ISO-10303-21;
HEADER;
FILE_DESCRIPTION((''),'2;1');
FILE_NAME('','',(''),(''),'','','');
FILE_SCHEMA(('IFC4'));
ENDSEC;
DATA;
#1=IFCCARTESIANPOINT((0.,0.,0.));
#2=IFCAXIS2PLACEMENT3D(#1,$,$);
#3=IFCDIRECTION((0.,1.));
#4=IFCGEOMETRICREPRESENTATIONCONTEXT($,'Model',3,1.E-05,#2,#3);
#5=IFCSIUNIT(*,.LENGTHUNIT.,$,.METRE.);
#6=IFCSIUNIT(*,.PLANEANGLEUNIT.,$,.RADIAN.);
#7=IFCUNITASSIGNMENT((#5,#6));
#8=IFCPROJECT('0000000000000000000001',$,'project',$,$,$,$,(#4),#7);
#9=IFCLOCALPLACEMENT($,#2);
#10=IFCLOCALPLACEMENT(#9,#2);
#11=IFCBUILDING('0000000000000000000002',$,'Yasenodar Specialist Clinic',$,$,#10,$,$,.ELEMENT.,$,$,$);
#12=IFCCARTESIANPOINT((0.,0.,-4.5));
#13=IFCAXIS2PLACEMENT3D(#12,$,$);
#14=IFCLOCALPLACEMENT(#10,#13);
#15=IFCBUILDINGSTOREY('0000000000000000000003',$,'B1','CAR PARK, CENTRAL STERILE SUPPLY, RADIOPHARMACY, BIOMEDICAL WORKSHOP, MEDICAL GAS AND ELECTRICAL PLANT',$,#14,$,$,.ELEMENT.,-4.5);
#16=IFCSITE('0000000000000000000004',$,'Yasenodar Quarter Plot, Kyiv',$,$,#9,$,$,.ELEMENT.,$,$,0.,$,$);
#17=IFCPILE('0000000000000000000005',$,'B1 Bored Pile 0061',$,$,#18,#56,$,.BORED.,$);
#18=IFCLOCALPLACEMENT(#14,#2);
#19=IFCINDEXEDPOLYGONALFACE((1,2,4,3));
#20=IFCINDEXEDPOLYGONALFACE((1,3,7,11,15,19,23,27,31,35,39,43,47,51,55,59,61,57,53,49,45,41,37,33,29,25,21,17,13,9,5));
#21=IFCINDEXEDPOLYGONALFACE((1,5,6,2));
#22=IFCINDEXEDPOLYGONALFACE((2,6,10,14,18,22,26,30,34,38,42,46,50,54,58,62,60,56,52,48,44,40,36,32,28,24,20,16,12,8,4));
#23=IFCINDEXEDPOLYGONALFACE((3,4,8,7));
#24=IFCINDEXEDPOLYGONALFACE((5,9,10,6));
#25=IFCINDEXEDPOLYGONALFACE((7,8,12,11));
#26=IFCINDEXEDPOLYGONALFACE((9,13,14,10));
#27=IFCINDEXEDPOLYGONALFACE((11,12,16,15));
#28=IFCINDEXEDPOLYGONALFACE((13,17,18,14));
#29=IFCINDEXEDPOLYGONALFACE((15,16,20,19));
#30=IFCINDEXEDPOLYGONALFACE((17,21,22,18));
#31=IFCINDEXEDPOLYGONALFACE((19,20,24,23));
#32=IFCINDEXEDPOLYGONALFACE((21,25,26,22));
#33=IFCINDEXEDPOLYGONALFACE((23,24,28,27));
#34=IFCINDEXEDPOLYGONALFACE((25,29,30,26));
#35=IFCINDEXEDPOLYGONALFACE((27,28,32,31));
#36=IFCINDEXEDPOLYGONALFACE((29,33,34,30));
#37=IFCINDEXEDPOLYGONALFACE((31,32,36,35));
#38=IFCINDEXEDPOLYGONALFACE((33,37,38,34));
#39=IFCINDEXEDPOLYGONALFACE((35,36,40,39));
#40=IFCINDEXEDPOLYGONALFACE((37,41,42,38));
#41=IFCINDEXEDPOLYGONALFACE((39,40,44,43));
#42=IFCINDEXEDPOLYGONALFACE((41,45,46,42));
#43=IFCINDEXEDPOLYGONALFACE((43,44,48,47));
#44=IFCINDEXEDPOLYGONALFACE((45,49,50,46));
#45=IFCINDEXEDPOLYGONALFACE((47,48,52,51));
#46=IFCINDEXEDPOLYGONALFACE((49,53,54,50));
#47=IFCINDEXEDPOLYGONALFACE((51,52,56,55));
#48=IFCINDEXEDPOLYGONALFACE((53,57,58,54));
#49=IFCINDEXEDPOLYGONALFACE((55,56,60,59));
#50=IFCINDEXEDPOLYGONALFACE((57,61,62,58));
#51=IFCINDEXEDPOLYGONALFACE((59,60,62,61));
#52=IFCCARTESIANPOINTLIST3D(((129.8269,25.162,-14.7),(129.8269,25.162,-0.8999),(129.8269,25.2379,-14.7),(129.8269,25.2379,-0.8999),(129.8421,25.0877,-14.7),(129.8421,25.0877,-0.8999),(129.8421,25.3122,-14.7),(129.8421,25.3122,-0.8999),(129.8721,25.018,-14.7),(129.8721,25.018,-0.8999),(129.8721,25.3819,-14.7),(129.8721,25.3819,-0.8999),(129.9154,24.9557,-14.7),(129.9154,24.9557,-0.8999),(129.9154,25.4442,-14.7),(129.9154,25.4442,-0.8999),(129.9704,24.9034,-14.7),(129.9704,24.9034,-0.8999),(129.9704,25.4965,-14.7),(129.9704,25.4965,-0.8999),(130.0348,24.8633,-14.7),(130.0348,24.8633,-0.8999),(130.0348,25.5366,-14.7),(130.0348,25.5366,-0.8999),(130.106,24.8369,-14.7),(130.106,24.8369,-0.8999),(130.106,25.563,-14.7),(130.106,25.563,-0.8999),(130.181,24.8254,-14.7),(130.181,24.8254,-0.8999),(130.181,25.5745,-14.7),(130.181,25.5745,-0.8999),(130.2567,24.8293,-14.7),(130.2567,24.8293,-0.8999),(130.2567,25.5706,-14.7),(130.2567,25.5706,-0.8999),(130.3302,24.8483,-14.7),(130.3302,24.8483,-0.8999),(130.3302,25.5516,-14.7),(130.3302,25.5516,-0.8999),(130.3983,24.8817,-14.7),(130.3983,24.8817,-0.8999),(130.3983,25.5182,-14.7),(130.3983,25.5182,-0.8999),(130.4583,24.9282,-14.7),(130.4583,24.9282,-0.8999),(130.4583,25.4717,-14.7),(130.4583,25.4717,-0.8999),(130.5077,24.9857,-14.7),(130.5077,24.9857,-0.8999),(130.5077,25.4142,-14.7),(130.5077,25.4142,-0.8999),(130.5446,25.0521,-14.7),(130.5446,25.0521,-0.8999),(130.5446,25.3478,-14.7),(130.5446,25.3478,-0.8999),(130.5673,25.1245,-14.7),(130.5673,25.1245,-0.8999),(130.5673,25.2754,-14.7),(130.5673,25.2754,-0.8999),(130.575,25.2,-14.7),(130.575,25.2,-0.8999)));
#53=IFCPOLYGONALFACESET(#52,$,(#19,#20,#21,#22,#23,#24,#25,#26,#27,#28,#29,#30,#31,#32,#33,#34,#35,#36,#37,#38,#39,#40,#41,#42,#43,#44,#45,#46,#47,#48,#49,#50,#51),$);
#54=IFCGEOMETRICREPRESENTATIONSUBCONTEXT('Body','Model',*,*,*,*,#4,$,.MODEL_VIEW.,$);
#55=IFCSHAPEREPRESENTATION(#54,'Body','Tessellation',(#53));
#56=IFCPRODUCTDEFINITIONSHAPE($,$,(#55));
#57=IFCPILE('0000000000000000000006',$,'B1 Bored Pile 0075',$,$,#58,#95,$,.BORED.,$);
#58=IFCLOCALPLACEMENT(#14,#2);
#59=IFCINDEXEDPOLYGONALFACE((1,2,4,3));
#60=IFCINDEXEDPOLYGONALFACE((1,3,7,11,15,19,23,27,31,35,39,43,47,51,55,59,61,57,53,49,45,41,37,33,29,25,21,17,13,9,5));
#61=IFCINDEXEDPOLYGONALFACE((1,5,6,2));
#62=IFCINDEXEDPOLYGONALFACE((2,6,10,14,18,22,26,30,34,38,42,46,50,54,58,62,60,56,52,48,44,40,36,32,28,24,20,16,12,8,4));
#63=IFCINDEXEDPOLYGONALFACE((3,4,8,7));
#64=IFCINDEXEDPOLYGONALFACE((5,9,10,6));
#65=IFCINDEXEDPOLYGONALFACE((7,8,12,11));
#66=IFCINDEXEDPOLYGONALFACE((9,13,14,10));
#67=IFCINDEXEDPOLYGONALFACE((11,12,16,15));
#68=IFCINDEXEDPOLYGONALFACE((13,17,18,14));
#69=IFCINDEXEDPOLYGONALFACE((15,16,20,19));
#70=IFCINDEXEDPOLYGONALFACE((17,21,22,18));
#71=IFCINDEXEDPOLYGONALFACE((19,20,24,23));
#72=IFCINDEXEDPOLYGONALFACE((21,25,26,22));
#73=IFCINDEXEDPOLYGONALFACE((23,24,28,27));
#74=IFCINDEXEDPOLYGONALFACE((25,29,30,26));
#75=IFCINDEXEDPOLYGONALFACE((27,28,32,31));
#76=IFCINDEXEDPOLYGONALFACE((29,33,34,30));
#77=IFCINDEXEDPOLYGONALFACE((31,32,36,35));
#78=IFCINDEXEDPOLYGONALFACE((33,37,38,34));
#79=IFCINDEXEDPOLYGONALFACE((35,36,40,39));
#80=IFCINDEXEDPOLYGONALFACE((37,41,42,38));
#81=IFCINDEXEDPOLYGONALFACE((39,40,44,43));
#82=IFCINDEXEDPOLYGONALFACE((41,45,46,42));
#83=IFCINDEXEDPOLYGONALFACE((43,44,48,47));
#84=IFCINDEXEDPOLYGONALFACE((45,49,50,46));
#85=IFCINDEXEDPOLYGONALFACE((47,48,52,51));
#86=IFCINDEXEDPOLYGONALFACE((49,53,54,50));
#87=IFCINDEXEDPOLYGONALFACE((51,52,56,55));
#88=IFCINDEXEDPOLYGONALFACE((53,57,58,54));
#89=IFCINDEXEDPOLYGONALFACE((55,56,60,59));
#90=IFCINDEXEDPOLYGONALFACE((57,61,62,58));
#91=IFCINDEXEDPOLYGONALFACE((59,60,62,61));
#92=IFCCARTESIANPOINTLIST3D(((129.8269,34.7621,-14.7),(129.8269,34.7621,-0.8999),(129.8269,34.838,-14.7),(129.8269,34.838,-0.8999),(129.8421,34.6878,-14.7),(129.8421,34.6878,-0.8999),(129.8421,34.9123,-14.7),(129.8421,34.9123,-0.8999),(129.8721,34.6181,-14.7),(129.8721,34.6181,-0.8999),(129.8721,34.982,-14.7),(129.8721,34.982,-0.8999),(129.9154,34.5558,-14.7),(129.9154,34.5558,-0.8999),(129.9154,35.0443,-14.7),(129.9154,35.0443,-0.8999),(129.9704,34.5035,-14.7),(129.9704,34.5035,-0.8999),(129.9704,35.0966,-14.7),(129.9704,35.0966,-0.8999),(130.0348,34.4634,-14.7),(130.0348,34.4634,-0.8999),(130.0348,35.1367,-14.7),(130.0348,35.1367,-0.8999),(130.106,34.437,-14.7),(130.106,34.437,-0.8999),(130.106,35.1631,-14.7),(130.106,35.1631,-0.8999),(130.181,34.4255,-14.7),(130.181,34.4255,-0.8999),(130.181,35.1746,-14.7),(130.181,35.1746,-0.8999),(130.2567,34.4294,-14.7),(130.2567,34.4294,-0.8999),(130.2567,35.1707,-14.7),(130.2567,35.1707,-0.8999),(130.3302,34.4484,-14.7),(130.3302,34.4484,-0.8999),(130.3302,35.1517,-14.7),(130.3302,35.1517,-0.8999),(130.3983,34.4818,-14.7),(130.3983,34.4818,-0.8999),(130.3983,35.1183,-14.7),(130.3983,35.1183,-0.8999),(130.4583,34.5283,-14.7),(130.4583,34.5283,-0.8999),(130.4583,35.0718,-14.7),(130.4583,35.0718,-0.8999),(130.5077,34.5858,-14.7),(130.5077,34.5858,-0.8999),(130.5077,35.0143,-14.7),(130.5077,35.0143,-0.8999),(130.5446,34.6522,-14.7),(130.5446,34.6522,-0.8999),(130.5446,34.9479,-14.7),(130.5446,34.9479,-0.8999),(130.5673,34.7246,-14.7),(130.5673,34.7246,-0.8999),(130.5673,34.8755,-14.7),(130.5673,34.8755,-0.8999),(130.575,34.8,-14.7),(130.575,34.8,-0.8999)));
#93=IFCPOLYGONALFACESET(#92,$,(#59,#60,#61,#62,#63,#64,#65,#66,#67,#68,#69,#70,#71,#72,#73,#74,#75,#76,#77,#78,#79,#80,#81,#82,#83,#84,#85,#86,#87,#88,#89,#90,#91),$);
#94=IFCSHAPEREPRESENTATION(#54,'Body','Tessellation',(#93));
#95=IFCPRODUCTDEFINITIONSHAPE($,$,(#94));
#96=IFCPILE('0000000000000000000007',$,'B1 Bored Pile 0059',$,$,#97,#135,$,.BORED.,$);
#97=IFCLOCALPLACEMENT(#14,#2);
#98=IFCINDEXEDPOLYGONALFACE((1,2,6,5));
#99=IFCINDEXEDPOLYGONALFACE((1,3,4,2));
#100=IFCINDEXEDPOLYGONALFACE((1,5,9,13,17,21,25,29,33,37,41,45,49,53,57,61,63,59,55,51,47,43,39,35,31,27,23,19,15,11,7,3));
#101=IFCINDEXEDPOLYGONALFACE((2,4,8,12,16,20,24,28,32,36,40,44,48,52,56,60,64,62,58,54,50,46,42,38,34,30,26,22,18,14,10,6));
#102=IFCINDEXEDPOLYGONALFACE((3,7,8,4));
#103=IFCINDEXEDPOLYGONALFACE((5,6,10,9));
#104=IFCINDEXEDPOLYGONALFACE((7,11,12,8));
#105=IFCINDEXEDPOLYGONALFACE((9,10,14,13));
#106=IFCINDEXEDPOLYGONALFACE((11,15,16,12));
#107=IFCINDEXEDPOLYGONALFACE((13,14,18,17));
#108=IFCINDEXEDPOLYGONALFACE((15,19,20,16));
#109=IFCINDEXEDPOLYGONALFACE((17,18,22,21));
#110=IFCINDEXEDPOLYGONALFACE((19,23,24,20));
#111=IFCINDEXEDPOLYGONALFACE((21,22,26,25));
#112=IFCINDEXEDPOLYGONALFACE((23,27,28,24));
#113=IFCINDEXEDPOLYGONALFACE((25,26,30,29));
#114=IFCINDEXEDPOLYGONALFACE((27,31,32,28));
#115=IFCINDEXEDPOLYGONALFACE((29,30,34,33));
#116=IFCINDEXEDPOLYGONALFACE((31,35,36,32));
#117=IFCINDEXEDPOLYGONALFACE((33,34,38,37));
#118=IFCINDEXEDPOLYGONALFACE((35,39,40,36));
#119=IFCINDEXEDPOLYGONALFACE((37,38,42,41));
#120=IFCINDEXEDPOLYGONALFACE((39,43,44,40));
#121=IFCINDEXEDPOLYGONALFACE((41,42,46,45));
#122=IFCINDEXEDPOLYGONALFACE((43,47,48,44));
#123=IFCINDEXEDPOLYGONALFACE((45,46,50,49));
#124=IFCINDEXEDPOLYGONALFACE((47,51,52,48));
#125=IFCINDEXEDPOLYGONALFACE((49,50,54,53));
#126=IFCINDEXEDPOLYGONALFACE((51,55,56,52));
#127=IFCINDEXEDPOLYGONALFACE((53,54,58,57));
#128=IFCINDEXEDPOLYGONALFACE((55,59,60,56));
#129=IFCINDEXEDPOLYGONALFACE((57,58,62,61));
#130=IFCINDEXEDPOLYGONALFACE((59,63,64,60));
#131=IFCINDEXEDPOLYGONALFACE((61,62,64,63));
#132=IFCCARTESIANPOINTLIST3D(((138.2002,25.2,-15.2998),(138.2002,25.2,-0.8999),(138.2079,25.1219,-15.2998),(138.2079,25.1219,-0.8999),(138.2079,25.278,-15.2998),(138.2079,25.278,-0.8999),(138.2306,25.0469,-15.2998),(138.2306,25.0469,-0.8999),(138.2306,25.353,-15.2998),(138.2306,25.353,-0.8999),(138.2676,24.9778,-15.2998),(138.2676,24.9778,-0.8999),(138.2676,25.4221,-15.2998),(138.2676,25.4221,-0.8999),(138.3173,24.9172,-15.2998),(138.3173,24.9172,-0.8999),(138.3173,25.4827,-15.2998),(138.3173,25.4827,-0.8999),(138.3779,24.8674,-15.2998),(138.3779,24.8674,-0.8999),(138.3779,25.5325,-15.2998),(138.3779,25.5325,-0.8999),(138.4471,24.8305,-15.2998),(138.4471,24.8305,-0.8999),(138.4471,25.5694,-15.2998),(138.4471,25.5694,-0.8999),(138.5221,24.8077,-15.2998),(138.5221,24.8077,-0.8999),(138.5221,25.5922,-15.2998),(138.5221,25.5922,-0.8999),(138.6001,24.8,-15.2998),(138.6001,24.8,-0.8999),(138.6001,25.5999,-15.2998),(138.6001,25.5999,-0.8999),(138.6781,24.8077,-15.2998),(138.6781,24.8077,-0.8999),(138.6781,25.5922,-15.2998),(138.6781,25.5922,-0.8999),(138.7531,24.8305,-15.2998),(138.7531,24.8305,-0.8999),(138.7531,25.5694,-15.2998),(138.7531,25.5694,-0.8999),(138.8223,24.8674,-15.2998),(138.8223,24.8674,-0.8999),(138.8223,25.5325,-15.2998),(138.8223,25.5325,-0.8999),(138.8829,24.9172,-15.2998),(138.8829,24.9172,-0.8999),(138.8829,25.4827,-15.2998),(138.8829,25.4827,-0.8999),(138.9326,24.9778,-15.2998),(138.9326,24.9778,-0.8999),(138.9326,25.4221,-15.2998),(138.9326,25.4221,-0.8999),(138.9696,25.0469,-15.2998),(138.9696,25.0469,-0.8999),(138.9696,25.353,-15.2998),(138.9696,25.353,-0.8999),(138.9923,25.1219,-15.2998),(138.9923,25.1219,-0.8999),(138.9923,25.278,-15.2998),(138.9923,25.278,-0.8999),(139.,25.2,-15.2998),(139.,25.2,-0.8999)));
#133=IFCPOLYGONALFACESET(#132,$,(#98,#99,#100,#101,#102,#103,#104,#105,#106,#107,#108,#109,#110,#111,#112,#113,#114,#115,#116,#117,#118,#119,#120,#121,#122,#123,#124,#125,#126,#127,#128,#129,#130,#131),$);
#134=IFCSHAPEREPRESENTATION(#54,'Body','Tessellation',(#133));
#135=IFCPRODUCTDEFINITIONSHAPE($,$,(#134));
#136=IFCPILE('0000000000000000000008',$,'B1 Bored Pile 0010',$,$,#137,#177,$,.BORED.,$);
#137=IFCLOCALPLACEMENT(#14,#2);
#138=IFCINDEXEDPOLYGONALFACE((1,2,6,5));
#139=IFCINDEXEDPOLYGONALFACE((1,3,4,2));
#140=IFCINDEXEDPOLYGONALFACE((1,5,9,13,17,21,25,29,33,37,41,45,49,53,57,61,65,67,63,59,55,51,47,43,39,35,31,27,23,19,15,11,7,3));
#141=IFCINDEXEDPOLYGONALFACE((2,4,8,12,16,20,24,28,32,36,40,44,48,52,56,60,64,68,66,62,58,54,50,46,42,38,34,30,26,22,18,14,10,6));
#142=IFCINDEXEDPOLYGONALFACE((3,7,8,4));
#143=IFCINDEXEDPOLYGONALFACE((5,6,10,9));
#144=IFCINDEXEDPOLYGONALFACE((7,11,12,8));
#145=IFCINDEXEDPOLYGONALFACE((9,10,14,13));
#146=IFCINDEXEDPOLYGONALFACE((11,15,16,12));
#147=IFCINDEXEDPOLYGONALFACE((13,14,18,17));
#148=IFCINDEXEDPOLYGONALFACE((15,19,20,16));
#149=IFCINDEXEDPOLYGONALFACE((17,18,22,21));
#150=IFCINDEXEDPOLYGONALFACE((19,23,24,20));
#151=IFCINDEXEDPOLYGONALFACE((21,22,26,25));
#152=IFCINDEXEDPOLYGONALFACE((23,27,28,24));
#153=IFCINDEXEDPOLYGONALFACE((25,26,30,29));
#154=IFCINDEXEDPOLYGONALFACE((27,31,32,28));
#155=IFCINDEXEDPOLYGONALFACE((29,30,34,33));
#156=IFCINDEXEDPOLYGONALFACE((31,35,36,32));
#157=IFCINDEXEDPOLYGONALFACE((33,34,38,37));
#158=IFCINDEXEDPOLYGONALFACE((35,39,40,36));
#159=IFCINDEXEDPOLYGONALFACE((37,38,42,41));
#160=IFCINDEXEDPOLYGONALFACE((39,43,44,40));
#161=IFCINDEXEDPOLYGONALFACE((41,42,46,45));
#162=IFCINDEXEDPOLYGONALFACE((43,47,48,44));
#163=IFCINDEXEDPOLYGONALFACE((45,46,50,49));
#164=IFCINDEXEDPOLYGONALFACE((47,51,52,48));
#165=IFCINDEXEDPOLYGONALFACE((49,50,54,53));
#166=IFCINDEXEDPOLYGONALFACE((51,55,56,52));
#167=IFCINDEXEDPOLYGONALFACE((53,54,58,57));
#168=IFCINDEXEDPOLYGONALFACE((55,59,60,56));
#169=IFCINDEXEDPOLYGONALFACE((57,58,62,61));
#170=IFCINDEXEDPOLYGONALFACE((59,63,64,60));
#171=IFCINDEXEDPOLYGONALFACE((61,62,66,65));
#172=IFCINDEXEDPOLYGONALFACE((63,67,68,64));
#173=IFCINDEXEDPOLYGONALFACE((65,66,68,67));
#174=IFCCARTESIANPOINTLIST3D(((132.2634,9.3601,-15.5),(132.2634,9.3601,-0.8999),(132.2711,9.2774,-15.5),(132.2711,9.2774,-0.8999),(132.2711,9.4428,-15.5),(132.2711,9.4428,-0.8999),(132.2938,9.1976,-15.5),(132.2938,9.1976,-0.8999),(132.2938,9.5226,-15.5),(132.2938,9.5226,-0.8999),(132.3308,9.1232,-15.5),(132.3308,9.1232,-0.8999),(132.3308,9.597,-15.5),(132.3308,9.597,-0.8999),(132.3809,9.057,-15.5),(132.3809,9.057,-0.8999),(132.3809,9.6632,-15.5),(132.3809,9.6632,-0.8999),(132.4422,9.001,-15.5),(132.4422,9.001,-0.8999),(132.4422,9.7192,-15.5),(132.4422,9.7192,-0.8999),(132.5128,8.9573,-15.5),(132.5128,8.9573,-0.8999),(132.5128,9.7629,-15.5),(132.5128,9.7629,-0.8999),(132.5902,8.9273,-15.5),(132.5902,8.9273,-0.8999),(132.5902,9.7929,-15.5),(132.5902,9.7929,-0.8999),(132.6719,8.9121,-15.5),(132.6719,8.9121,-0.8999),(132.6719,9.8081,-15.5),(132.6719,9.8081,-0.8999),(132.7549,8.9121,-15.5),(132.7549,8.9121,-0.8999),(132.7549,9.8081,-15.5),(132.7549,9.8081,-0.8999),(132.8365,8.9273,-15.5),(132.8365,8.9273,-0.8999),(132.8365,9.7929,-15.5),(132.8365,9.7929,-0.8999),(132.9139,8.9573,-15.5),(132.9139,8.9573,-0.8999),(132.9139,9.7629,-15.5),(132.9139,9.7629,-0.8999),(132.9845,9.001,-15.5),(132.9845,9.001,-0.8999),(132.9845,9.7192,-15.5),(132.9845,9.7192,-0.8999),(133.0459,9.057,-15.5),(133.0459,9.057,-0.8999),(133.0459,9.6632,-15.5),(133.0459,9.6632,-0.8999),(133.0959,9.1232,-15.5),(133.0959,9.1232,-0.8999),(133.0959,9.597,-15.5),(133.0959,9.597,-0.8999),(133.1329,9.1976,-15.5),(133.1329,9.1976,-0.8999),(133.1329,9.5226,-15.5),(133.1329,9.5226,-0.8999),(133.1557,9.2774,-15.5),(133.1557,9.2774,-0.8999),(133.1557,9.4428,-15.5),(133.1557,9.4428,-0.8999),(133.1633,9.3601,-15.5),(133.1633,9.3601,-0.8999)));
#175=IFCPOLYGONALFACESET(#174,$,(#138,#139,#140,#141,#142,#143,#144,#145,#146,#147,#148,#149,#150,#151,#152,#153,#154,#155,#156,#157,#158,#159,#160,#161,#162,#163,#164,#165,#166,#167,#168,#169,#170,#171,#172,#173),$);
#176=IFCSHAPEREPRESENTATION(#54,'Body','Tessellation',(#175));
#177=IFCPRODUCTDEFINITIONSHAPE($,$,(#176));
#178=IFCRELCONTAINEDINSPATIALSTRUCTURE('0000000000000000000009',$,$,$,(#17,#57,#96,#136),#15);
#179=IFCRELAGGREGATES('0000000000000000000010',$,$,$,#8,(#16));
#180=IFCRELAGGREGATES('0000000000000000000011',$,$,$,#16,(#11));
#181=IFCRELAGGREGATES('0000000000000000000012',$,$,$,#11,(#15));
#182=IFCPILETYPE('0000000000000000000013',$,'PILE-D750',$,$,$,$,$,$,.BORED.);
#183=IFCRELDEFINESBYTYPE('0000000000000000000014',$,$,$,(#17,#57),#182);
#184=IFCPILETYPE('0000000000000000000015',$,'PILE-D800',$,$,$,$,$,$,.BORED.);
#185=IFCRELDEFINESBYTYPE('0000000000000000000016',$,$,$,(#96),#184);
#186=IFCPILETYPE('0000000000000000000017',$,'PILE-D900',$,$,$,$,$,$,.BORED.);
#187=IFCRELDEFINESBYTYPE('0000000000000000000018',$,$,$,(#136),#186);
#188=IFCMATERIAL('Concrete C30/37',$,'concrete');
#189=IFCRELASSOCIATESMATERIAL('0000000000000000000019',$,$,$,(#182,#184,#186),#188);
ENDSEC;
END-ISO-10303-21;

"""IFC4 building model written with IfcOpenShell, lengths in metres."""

from ifc_helpers import new_model, si_unit, direction, frame, origin, origin_2d, place, context, subcontext, project, spatial, circle, extrude, material, material_profile, profile_set, type_object, element, save


model = new_model("IFC4")

# Units and contexts
model_context = context("Model", 3, precision=1e-05, world=origin(), true_north=direction((0.0, 1.0)))
body_context = subcontext(model_context, "Body", "Model", "MODEL_VIEW")
ifc_project = project(units=[si_unit("LENGTHUNIT", "METRE"), si_unit("PLANEANGLEUNIT", "RADIAN")], contexts=[model_context])

# Site, building, storey
site_placement = place(None, origin())
site = spatial("IfcSite", under=ifc_project, at=site_placement, Name="Yasenodar Quarter Plot, Kyiv", CompositionType="ELEMENT", RefElevation=0.0)
building_placement = place(site_placement, origin())
building = spatial("IfcBuilding", under=site, at=building_placement, Name="Yasenodar Specialist Clinic", CompositionType="ELEMENT")
storey_placement = place(building_placement, frame((0.0, 0.0, -4.5)))
storey = spatial("IfcBuildingStorey", under=building, at=storey_placement, Name="B1", Description="CAR PARK, CENTRAL STERILE SUPPLY, RADIOPHARMACY, BIOMEDICAL WORKSHOP, MEDICAL GAS AND ELECTRICAL PLANT", CompositionType="ELEMENT", Elevation=-4.5)

# Piles
ifc_material_1 = material(Name="Concrete C30/37", Category="concrete")
ifc_material_profile_1 = material_profile(ifc_material_1, circle(Radius=0.375, at=origin_2d()), Name="PILE D750")
ifc_profile_set_1 = profile_set([ifc_material_profile_1], Name="Concrete C30/37")
pile_type_1 = type_object("IfcPileType", Name="PILE-D750", PredefinedType="BORED", material=ifc_profile_set_1)
for number, where, z_axis, x_axis, name in (
    (1, (130.2, 25.2, -0.8999), (0.0, 0.0, -1.0), (1.0, 0.0, 0.0), "B1 Bored Pile 0061"),
    (2, (130.2, 34.8, -0.8999), (0.0, 0.0, -1.0), (1.0, 0.0, 0.0), "B1 Bored Pile 0075"),
):
    element("IfcPile", number, at=place(storey_placement, frame(where, z_axis=z_axis, x_axis=x_axis)), inside=storey, type_object=pile_type_1, Name=name, PredefinedType="BORED", context=body_context, shape_type="SweptSolid", body=[
        extrude(circle(Radius=0.375, at=origin_2d()), origin(), (0.0, 0.0, 1.0), 13.8),
    ])
ifc_material_profile_2 = material_profile(ifc_material_1, circle(Radius=0.3999, at=origin_2d()), Name="PILE D800")
ifc_profile_set_2 = profile_set([ifc_material_profile_2], Name="Concrete C30/37")
pile_type_2 = type_object("IfcPileType", Name="PILE-D800", PredefinedType="BORED", material=ifc_profile_set_2)
pile_placement = place(storey_placement, frame((138.6001, 25.2, -0.8999), z_axis=(0.0, 0.0, -1.0), x_axis=(1.0, 0.0, 0.0)))
element("IfcPile", 3, at=pile_placement, inside=storey, type_object=pile_type_2, Name="B1 Bored Pile 0059", PredefinedType="BORED", context=body_context, shape_type="SweptSolid", body=[
    extrude(circle(Radius=0.3999, at=origin_2d()), origin(), (0.0, 0.0, 1.0), 14.3999),
])
ifc_material_profile_3 = material_profile(ifc_material_1, circle(Radius=0.45, at=origin_2d()), Name="PILE D900")
ifc_profile_set_3 = profile_set([ifc_material_profile_3], Name="Concrete C30/37")
pile_type_3 = type_object("IfcPileType", Name="PILE-D900", PredefinedType="BORED", material=ifc_profile_set_3)
for number, where, z_axis, x_axis, name in (
    (4, (132.7134, 9.3601, -0.8999), (0.0, 0.0, -1.0), (1.0, 0.0, 0.0), "B1 Bored Pile 0010"),
):
    element("IfcPile", number, at=place(storey_placement, frame(where, z_axis=z_axis, x_axis=x_axis)), inside=storey, type_object=pile_type_3, Name=name, PredefinedType="BORED", context=body_context, shape_type="SweptSolid", body=[
        extrude(circle(Radius=0.45, at=origin_2d()), origin(), (0.0, 0.0, 1.0), 14.6001),
    ])

save(model, "model.ifc")
